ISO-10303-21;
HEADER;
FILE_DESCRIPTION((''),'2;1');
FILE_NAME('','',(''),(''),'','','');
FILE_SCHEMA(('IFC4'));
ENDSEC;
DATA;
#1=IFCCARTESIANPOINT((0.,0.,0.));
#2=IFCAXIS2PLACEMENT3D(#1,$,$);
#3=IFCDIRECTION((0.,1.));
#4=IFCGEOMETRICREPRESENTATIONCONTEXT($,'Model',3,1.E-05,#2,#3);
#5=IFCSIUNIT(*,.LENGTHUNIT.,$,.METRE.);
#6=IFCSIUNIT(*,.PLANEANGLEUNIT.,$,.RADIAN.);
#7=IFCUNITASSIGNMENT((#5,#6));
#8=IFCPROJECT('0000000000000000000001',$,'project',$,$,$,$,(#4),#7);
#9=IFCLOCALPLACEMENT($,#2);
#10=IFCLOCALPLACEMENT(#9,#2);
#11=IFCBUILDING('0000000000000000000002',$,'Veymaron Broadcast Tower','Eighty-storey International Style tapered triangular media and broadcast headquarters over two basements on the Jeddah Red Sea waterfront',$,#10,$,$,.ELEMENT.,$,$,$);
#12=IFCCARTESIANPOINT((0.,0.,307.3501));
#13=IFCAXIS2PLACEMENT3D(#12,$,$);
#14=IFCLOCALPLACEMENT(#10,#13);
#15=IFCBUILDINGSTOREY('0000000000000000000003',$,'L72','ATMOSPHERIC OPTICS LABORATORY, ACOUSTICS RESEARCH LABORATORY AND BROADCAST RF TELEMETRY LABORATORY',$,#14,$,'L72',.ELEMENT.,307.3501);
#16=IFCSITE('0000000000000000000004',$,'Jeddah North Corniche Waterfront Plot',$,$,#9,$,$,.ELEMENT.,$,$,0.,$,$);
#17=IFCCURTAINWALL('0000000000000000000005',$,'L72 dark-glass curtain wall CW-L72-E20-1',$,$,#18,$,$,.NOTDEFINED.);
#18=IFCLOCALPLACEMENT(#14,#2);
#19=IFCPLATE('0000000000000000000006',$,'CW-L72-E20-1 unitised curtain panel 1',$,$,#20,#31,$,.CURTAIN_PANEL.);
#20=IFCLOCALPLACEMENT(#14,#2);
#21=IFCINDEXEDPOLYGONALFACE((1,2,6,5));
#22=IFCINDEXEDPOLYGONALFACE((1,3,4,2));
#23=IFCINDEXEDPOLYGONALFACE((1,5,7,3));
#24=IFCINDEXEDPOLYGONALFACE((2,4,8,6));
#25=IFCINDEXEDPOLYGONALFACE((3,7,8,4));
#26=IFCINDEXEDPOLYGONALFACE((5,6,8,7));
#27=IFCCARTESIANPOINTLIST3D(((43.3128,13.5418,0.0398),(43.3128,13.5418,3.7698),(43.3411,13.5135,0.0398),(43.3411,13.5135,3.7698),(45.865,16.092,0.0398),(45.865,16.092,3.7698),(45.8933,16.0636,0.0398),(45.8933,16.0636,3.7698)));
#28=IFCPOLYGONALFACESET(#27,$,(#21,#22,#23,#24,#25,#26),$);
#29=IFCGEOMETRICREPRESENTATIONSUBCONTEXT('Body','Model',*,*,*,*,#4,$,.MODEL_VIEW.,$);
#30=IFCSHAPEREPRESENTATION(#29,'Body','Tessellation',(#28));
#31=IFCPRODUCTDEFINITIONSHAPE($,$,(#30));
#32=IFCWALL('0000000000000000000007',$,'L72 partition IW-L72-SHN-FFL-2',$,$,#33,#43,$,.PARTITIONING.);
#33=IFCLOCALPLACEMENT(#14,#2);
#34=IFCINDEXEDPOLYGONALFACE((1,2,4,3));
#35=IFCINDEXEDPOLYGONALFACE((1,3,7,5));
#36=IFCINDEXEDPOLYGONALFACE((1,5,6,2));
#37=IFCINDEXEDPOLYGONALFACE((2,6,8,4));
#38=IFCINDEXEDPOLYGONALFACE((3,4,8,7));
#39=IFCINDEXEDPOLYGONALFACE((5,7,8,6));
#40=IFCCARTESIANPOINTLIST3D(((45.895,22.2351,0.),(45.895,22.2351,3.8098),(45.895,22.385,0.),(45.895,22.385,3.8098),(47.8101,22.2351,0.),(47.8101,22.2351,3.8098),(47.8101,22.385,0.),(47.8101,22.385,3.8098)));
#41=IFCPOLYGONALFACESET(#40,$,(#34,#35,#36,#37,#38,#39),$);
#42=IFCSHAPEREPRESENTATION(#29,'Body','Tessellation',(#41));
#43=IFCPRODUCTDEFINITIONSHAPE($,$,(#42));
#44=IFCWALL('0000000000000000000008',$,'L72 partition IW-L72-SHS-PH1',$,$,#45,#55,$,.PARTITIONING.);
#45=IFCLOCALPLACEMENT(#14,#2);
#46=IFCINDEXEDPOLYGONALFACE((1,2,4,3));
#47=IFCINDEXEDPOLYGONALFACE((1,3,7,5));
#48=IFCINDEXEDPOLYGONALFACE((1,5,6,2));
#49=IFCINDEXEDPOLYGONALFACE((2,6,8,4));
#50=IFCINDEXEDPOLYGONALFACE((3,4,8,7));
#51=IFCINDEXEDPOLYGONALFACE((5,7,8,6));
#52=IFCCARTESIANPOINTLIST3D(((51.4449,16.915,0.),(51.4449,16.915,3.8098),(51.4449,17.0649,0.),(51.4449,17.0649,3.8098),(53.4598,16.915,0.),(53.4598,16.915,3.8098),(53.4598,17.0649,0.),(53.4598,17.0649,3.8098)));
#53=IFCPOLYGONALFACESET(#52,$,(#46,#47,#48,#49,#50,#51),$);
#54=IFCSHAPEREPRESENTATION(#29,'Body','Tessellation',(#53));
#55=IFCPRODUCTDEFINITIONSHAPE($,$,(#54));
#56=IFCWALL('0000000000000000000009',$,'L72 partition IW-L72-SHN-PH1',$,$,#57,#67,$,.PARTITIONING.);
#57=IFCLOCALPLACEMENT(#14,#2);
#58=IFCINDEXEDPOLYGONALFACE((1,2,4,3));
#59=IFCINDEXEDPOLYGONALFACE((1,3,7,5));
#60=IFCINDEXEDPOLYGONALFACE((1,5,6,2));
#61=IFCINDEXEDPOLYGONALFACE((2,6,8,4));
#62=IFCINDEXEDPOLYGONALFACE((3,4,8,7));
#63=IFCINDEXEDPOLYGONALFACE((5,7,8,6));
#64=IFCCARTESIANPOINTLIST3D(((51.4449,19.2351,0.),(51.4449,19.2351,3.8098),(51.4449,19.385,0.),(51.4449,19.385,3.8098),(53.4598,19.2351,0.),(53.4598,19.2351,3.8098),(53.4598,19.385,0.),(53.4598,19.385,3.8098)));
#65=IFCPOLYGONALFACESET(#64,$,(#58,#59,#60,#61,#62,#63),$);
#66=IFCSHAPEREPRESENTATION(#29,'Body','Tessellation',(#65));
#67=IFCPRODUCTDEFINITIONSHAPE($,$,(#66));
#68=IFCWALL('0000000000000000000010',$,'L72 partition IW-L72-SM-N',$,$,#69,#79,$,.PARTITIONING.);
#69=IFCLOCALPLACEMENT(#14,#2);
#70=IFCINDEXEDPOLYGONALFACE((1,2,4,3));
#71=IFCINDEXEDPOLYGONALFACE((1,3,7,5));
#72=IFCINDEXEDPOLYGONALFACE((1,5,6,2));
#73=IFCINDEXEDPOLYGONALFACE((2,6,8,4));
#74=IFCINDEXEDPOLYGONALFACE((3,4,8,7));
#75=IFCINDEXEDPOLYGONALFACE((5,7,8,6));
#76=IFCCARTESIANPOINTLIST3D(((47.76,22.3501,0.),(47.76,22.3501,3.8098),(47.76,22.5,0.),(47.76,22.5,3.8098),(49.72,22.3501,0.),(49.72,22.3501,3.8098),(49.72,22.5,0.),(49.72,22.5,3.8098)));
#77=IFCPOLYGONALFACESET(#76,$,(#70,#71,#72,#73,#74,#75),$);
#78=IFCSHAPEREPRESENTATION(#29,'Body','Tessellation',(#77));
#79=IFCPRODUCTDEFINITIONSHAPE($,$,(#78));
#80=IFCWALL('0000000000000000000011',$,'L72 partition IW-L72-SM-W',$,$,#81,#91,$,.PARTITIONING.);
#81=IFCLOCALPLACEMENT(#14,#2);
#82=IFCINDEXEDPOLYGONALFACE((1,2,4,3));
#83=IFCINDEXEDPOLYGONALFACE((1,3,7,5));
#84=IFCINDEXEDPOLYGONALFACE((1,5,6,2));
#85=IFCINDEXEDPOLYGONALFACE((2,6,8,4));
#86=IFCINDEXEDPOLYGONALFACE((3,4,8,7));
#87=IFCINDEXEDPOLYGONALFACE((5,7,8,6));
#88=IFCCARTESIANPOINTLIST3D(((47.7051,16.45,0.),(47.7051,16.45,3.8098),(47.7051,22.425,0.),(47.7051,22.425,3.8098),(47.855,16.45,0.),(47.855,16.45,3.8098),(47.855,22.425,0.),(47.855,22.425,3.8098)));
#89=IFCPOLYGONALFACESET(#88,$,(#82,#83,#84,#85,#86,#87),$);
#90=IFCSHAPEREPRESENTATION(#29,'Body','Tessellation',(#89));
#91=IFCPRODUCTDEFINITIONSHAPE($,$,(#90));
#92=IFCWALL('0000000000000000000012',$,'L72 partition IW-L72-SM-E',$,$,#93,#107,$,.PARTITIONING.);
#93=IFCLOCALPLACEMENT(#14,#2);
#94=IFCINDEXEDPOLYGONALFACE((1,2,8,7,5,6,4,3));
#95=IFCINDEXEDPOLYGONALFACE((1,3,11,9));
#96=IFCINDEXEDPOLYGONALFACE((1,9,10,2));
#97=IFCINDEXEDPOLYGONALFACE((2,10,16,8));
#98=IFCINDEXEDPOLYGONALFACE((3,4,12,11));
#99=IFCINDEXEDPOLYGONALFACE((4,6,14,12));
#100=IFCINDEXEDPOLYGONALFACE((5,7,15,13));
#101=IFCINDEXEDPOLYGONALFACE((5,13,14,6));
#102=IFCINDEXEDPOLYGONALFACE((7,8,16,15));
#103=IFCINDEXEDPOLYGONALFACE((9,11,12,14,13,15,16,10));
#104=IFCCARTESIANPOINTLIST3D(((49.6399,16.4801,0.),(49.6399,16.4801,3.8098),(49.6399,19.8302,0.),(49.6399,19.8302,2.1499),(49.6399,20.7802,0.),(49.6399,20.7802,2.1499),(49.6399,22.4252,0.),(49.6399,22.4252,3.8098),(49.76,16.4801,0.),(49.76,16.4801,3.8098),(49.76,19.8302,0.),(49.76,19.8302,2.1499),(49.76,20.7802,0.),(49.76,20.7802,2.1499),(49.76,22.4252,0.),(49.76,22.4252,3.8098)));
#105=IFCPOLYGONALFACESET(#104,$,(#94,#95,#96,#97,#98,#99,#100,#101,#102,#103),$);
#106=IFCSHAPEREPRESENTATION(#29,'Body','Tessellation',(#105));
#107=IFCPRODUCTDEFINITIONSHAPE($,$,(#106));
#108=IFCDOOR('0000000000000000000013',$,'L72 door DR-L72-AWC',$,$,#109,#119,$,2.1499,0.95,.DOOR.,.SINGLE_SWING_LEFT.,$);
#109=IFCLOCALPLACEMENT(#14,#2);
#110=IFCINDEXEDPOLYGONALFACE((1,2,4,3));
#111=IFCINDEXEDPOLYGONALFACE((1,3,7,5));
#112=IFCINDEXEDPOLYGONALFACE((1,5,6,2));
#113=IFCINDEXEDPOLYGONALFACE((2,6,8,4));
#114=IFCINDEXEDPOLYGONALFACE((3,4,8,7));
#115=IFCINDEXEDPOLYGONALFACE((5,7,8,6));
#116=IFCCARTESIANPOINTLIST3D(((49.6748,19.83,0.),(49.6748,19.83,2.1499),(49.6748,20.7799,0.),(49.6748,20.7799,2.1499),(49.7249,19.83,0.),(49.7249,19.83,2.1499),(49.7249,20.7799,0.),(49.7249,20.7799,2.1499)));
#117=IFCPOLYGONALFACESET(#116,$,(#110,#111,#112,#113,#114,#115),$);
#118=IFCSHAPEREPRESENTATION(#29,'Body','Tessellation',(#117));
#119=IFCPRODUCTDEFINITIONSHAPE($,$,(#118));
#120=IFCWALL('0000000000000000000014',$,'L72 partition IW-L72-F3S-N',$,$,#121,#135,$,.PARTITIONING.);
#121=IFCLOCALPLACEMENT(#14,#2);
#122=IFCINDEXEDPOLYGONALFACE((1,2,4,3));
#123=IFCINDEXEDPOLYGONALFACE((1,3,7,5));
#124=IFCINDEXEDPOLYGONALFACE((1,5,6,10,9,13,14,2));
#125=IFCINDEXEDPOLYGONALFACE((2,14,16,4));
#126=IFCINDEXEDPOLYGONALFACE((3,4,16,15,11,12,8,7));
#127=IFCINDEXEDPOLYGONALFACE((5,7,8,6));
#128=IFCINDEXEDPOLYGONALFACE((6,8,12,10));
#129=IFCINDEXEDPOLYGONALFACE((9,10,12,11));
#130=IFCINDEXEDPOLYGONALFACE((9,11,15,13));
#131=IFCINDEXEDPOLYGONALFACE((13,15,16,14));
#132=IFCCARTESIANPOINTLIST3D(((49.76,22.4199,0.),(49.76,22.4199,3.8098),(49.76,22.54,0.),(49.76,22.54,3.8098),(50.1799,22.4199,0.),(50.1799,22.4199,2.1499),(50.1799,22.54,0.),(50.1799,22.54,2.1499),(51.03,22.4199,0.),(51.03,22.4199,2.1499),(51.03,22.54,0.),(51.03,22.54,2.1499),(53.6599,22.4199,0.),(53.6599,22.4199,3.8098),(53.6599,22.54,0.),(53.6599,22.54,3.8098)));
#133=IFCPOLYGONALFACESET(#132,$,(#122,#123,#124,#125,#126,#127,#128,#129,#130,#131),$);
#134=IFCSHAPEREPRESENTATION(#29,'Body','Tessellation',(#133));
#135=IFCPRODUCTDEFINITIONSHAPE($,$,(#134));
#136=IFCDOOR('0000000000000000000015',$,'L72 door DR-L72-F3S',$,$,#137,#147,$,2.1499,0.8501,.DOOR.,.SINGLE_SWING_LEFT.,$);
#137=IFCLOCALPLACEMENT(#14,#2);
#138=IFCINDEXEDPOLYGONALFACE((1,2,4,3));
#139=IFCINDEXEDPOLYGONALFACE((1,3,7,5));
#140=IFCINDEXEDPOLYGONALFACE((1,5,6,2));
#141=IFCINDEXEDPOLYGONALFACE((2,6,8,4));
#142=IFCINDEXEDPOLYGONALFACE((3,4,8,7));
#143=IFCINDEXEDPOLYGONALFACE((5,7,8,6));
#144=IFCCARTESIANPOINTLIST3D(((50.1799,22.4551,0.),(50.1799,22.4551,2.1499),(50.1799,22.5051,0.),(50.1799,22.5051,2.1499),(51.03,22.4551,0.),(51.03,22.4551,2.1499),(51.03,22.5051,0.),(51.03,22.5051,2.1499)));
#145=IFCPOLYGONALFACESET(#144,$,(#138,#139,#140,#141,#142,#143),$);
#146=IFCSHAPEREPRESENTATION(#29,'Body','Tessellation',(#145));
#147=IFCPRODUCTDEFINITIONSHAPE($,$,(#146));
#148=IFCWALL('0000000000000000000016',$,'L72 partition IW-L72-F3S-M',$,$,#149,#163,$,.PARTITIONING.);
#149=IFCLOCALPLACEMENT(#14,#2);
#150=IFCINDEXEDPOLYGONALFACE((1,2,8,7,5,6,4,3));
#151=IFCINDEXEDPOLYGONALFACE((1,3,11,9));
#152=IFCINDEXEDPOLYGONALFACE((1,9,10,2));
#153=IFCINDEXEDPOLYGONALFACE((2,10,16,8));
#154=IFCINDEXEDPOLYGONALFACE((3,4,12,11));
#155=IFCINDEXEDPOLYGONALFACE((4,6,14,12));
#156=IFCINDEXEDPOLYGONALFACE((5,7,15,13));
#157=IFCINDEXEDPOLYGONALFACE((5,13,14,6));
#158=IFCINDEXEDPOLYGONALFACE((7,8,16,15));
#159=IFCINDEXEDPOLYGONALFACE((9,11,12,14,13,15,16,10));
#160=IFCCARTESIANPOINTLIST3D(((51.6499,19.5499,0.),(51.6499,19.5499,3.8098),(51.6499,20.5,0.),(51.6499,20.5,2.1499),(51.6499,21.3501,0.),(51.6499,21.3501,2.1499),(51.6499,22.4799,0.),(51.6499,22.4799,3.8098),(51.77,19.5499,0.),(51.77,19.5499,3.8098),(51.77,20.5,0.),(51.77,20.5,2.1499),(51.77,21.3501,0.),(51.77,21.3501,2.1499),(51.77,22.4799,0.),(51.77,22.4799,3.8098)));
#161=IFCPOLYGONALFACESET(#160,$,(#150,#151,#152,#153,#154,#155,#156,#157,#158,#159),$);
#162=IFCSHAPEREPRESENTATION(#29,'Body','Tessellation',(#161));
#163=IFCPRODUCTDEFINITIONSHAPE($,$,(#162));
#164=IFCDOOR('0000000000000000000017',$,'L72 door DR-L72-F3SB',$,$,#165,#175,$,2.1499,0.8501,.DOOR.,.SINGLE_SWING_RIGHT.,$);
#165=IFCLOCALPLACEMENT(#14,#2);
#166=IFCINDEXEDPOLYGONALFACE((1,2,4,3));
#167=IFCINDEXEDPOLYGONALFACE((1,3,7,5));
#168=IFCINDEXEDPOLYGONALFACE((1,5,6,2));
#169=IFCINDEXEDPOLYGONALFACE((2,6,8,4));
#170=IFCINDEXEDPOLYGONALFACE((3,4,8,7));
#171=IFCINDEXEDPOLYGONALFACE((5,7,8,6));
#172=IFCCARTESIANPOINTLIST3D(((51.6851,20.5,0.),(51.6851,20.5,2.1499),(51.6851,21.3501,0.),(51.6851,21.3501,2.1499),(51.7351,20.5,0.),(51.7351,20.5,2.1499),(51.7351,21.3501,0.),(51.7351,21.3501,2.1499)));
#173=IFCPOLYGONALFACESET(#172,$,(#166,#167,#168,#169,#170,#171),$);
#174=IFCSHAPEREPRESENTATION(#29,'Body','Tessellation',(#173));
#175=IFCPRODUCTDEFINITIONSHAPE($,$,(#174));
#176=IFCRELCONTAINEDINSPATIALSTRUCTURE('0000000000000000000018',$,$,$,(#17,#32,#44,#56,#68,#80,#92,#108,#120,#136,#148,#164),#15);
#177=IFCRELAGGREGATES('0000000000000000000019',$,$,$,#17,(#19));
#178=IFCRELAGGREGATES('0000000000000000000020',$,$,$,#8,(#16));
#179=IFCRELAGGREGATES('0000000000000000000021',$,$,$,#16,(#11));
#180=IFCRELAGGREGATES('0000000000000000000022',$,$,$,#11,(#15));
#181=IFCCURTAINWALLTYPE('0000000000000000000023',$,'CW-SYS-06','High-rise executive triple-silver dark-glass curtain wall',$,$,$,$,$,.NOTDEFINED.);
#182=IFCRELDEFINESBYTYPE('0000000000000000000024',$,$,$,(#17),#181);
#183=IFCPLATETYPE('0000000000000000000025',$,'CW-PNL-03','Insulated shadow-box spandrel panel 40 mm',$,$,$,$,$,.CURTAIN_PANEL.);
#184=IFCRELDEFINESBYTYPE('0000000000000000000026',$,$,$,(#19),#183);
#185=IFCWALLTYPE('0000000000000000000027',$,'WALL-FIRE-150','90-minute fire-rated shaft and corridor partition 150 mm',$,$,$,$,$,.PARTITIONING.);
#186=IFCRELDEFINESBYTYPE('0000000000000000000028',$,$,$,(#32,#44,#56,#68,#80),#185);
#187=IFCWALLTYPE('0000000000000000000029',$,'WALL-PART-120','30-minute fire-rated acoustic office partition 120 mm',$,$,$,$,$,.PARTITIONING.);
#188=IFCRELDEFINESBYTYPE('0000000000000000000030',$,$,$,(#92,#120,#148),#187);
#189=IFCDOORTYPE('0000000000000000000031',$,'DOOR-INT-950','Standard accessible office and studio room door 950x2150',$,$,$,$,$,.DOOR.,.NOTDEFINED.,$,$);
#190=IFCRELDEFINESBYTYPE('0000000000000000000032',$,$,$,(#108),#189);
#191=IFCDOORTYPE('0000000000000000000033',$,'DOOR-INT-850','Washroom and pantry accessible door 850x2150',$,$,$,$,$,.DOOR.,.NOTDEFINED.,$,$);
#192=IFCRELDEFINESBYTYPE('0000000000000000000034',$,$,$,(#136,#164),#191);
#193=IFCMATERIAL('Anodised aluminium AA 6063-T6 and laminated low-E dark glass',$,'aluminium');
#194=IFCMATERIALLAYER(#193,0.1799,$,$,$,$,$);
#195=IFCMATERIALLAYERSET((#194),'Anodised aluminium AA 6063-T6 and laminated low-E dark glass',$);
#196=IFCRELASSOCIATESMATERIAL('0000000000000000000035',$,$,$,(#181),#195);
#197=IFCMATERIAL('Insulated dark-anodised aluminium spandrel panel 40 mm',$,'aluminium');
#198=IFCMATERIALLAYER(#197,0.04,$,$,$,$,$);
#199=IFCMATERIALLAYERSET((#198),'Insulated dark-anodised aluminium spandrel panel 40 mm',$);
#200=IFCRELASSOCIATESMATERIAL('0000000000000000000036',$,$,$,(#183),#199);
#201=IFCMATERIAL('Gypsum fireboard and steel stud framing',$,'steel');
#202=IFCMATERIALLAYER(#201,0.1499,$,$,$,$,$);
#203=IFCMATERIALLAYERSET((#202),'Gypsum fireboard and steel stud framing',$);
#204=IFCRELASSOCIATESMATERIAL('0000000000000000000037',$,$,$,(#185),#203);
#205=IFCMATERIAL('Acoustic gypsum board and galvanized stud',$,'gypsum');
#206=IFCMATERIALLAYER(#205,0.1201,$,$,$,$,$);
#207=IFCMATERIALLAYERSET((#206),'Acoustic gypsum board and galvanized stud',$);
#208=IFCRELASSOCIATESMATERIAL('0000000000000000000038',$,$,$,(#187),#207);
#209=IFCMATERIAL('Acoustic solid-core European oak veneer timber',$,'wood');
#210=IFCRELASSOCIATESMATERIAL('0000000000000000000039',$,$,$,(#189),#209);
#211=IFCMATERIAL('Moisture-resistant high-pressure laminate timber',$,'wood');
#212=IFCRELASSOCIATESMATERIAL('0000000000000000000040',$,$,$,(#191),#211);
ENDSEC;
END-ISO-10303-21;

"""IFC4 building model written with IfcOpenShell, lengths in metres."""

from ifc_helpers import new_model, si_unit, direction, frame, frame_2d, origin, origin_2d, place, context, subcontext, project, spatial, rectangle, extrude, material, layer, layer_set, type_object, element, fill, aggregate, save


model = new_model("IFC4")

# Units and contexts
model_context = context("Model", 3, precision=1e-05, world=origin(), true_north=direction((0.0, 1.0)))
body_context = subcontext(model_context, "Body", "Model", "MODEL_VIEW")
ifc_project = project(units=[si_unit("LENGTHUNIT", "METRE"), si_unit("PLANEANGLEUNIT", "RADIAN")], contexts=[model_context])

# Site, building, storey
site_placement = place(None, origin())
site = spatial("IfcSite", under=ifc_project, at=site_placement, Name="Jeddah North Corniche Waterfront Plot", CompositionType="ELEMENT", RefElevation=0.0)
building_placement = place(site_placement, origin())
building = spatial("IfcBuilding", under=site, at=building_placement, Name="Veymaron Broadcast Tower", Description="Eighty-storey International Style tapered triangular media and broadcast headquarters over two basements on the Jeddah Red Sea waterfront", CompositionType="ELEMENT")
storey_placement = place(building_placement, frame((0.0, 0.0, 307.3501)))
storey = spatial("IfcBuildingStorey", under=building, at=storey_placement, Name="L72", Description="ATMOSPHERIC OPTICS LABORATORY, ACOUSTICS RESEARCH LABORATORY AND BROADCAST RF TELEMETRY LABORATORY", LongName="L72", CompositionType="ELEMENT", Elevation=307.3501)

# Shared definitions
ifc_material_1 = material(Name="Anodised aluminium AA 6063-T6 and laminated low-E dark glass", Category="aluminium")
ifc_layer_1 = layer(ifc_material_1, 0.1799)
ifc_layer_set_1 = layer_set([ifc_layer_1], Name="Anodised aluminium AA 6063-T6 and laminated low-E dark glass")
curtain_wall_type = type_object("IfcCurtainWallType", Name="CW-SYS-06", Description="High-rise executive triple-silver dark-glass curtain wall", PredefinedType="NOTDEFINED", material=ifc_layer_set_1)

# Curtain wall
curtain_wall_1_placement = place(storey_placement, origin())
curtain_wall_1 = element("IfcCurtainWall", 1, at=curtain_wall_1_placement, inside=storey, type_object=curtain_wall_type, Name="L72 dark-glass curtain wall CW-L72-E20-1", PredefinedType="NOTDEFINED")

# Plate
ifc_material_2 = material(Name="Insulated dark-anodised aluminium spandrel panel 40 mm", Category="aluminium")
ifc_layer_2 = layer(ifc_material_2, 0.04)
ifc_layer_set_2 = layer_set([ifc_layer_2], Name="Insulated dark-anodised aluminium spandrel panel 40 mm")
plate_type = type_object("IfcPlateType", Name="CW-PNL-03", Description="Insulated shadow-box spandrel panel 40 mm", PredefinedType="CURTAIN_PANEL", material=ifc_layer_set_2)
plate_1_placement = place(storey_placement, frame((44.603, 14.8027, 0.0398), z_axis=(0.0, 0.0, 1.0), x_axis=(0.707403, 0.706811, 0.0)))
plate_1 = element("IfcPlate", 2, at=plate_1_placement, type_object=plate_type, Name="CW-L72-E20-1 unitised curtain panel 1", PredefinedType="CURTAIN_PANEL", context=body_context, shape_type="SweptSolid", body=[
    extrude(rectangle(XDim=3.6079, YDim=0.04, at=origin_2d()), origin(), (0.0, 0.0, 1.0), 3.73),
])
aggregate(curtain_wall_1, [plate_1])

# Shared definitions
ifc_material_3 = material(Name="Gypsum fireboard and steel stud framing", Category="steel")
ifc_layer_3 = layer(ifc_material_3, 0.1499)
ifc_layer_set_3 = layer_set([ifc_layer_3], Name="Gypsum fireboard and steel stud framing")
wall_type_1 = type_object("IfcWallType", Name="WALL-FIRE-150", Description="90-minute fire-rated shaft and corridor partition 150 mm", PredefinedType="PARTITIONING", material=ifc_layer_set_3)

# Wall
wall_1_placement = place(storey_placement, frame((45.895, 22.3101, 0.0), z_axis=(0.0, 0.0, 1.0), x_axis=(1.0, 0.0, 0.0)))
element("IfcWall", 3, at=wall_1_placement, inside=storey, type_object=wall_type_1, Name="L72 partition IW-L72-SHN-FFL-2", PredefinedType="PARTITIONING", context=body_context, shape_type="SweptSolid", body=[
    extrude(rectangle(XDim=1.915, YDim=0.1499, at=frame_2d((0.9575, 0.0))), origin(), (0.0, 0.0, 1.0), 3.8098),
])

# Walls
for number, where, z_axis, x_axis, name in (
    (4, (51.4451, 16.99, 0.0), (0.0, 0.0, 1.0), (1.0, 0.0, 0.0), "L72 partition IW-L72-SHS-PH1"),
    (5, (51.4451, 19.3101, 0.0), (0.0, 0.0, 1.0), (1.0, 0.0, 0.0), "L72 partition IW-L72-SHN-PH1"),
):
    element("IfcWall", number, at=place(storey_placement, frame(where, z_axis=z_axis, x_axis=x_axis)), inside=storey, type_object=wall_type_1, Name=name, PredefinedType="PARTITIONING", context=body_context, shape_type="SweptSolid", body=[
        extrude(rectangle(XDim=2.0149, YDim=0.1499, at=frame_2d((1.0073, 0.0))), origin(), (0.0, 0.0, 1.0), 3.8098),
    ])

# Walls
wall_2_placement = place(storey_placement, frame((47.76, 22.425, 0.0), z_axis=(0.0, 0.0, 1.0), x_axis=(1.0, 0.0, 0.0)))
element("IfcWall", 6, at=wall_2_placement, inside=storey, type_object=wall_type_1, Name="L72 partition IW-L72-SM-N", PredefinedType="PARTITIONING", context=body_context, shape_type="SweptSolid", body=[
    extrude(rectangle(XDim=1.96, YDim=0.1499, at=frame_2d((0.98, 0.0))), origin(), (0.0, 0.0, 1.0), 3.8098),
])
wall_3_placement = place(storey_placement, frame((47.78, 16.45, 0.0), z_axis=(0.0, 0.0, 1.0), x_axis=(0.0, 1.0, 0.0)))
element("IfcWall", 7, at=wall_3_placement, inside=storey, type_object=wall_type_1, Name="L72 partition IW-L72-SM-W", PredefinedType="PARTITIONING", context=body_context, shape_type="SweptSolid", body=[
    extrude(rectangle(XDim=5.9751, YDim=0.1499, at=frame_2d((2.9875, 0.0))), origin(), (0.0, 0.0, 1.0), 3.8098),
])

# Walls, openings, doors
ifc_material_4 = material(Name="Acoustic gypsum board and galvanized stud", Category="gypsum")
ifc_layer_4 = layer(ifc_material_4, 0.1201)
ifc_layer_set_4 = layer_set([ifc_layer_4], Name="Acoustic gypsum board and galvanized stud")
wall_type_2 = type_object("IfcWallType", Name="WALL-PART-120", Description="30-minute fire-rated acoustic office partition 120 mm", PredefinedType="PARTITIONING", material=ifc_layer_set_4)
wall_4_placement = place(storey_placement, frame((49.7, 16.48, 0.0), z_axis=(0.0, 0.0, 1.0), x_axis=(0.0, 1.0, 0.0)))
wall_4 = element("IfcWall", 8, at=wall_4_placement, inside=storey, type_object=wall_type_2, Name="L72 partition IW-L72-SM-E", PredefinedType="PARTITIONING", context=body_context, shape_type="SweptSolid", body=[
    extrude(rectangle(XDim=5.9451, YDim=0.1201, at=frame_2d((2.9727, 0.0))), origin(), (0.0, 0.0, 1.0), 3.8098),
])
opening_1_placement = place(wall_4_placement, frame((3.3501, 0.0, 0.0)))
opening_1 = element("IfcOpeningElement", 9, at=opening_1_placement, cuts=wall_4, PredefinedType="OPENING", context=body_context, shape_type="SweptSolid", body=[
    extrude(rectangle(XDim=0.95, YDim=2.1499, at=frame_2d((0.4751, 1.075))), frame((0.0, 0.0701, 0.0), z_axis=(0.0, -1.0, 0.0), x_axis=(1.0, 0.0, 0.0)), (0.0, 0.0, 1.0), 0.1401),
])
ifc_material_5 = material(Name="Acoustic solid-core European oak veneer timber", Category="wood")
door_type_1 = type_object("IfcDoorType", Name="DOOR-INT-950", Description="Standard accessible office and studio room door 950x2150", OperationType="NOTDEFINED", PredefinedType="DOOR", material=ifc_material_5)
door_1_placement = place(opening_1_placement, frame((0.95, 0.0, 0.0), z_axis=(0.0, 0.0, 1.0), x_axis=(-1.0, 0.0, 0.0)))
door_1 = element("IfcDoor", 10, at=door_1_placement, inside=storey, type_object=door_type_1, Name="L72 door DR-L72-AWC", OperationType="SINGLE_SWING_LEFT", OverallHeight=2.1499, OverallWidth=0.95, PredefinedType="DOOR", context=body_context, shape_type="SweptSolid", body=[
    extrude(rectangle(XDim=0.95, YDim=2.1499, at=frame_2d((0.4751, 1.075))), frame((0.0, 0.0249, 0.0), z_axis=(0.0, -1.0, 0.0), x_axis=(1.0, 0.0, 0.0)), (0.0, 0.0, 1.0), 0.05),
])
fill(opening_1, door_1)
wall_5_placement = place(storey_placement, frame((49.76, 22.48, 0.0), z_axis=(0.0, 0.0, 1.0), x_axis=(1.0, 0.0, 0.0)))
wall_5 = element("IfcWall", 11, at=wall_5_placement, inside=storey, type_object=wall_type_2, Name="L72 partition IW-L72-F3S-N", PredefinedType="PARTITIONING", context=body_context, shape_type="SweptSolid", body=[
    extrude(rectangle(XDim=3.8999, YDim=0.1201, at=frame_2d((1.95, 0.0))), origin(), (0.0, 0.0, 1.0), 3.8098),
])
opening_2_placement = place(wall_5_placement, frame((0.4199, 0.0, 0.0)))
opening_2 = element("IfcOpeningElement", 12, at=opening_2_placement, cuts=wall_5, PredefinedType="OPENING", context=body_context, shape_type="SweptSolid", body=[
    extrude(rectangle(XDim=0.8501, YDim=2.1499, at=frame_2d((0.425, 1.075))), frame((0.0, 0.0701, 0.0), z_axis=(0.0, -1.0, 0.0), x_axis=(1.0, 0.0, 0.0)), (0.0, 0.0, 1.0), 0.1401),
])
ifc_material_6 = material(Name="Moisture-resistant high-pressure laminate timber", Category="wood")
door_type_2 = type_object("IfcDoorType", Name="DOOR-INT-850", Description="Washroom and pantry accessible door 850x2150", OperationType="NOTDEFINED", PredefinedType="DOOR", material=ifc_material_6)
door_2_placement = place(opening_2_placement, frame((0.8501, 0.0, 0.0), z_axis=(0.0, 0.0, 1.0), x_axis=(-1.0, 0.0, 0.0)))
door_2 = element("IfcDoor", 13, at=door_2_placement, inside=storey, type_object=door_type_2, Name="L72 door DR-L72-F3S", OperationType="SINGLE_SWING_LEFT", OverallHeight=2.1499, OverallWidth=0.8501, PredefinedType="DOOR", context=body_context, shape_type="SweptSolid", body=[
    extrude(rectangle(XDim=0.8501, YDim=2.1499, at=frame_2d((0.425, 1.075))), frame((0.0, 0.0249, 0.0), z_axis=(0.0, -1.0, 0.0), x_axis=(1.0, 0.0, 0.0)), (0.0, 0.0, 1.0), 0.05),
])
fill(opening_2, door_2)
wall_6_placement = place(storey_placement, frame((51.71, 19.55, 0.0), z_axis=(0.0, 0.0, 1.0), x_axis=(0.0, 1.0, 0.0)))
wall_6 = element("IfcWall", 14, at=wall_6_placement, inside=storey, type_object=wall_type_2, Name="L72 partition IW-L72-F3S-M", PredefinedType="PARTITIONING", context=body_context, shape_type="SweptSolid", body=[
    extrude(rectangle(XDim=2.9299, YDim=0.1201, at=frame_2d((1.4648, 0.0))), origin(), (0.0, 0.0, 1.0), 3.8098),
])
opening_3_placement = place(wall_6_placement, frame((0.95, 0.0, 0.0)))
opening_3 = element("IfcOpeningElement", 15, at=opening_3_placement, cuts=wall_6, PredefinedType="OPENING", context=body_context, shape_type="SweptSolid", body=[
    extrude(rectangle(XDim=0.8501, YDim=2.1499, at=frame_2d((0.425, 1.075))), frame((0.0, 0.0701, 0.0), z_axis=(0.0, -1.0, 0.0), x_axis=(1.0, 0.0, 0.0)), (0.0, 0.0, 1.0), 0.1401),
])
door_3_placement = place(opening_3_placement, origin())
door_3 = element("IfcDoor", 16, at=door_3_placement, inside=storey, type_object=door_type_2, Name="L72 door DR-L72-F3SB", OperationType="SINGLE_SWING_RIGHT", OverallHeight=2.1499, OverallWidth=0.8501, PredefinedType="DOOR", context=body_context, shape_type="SweptSolid", body=[
    extrude(rectangle(XDim=0.8501, YDim=2.1499, at=frame_2d((0.425, 1.075))), frame((0.0, 0.0249, 0.0), z_axis=(0.0, -1.0, 0.0), x_axis=(1.0, 0.0, 0.0)), (0.0, 0.0, 1.0), 0.05),
])
fill(opening_3, door_3)

save(model, "model.ifc")
